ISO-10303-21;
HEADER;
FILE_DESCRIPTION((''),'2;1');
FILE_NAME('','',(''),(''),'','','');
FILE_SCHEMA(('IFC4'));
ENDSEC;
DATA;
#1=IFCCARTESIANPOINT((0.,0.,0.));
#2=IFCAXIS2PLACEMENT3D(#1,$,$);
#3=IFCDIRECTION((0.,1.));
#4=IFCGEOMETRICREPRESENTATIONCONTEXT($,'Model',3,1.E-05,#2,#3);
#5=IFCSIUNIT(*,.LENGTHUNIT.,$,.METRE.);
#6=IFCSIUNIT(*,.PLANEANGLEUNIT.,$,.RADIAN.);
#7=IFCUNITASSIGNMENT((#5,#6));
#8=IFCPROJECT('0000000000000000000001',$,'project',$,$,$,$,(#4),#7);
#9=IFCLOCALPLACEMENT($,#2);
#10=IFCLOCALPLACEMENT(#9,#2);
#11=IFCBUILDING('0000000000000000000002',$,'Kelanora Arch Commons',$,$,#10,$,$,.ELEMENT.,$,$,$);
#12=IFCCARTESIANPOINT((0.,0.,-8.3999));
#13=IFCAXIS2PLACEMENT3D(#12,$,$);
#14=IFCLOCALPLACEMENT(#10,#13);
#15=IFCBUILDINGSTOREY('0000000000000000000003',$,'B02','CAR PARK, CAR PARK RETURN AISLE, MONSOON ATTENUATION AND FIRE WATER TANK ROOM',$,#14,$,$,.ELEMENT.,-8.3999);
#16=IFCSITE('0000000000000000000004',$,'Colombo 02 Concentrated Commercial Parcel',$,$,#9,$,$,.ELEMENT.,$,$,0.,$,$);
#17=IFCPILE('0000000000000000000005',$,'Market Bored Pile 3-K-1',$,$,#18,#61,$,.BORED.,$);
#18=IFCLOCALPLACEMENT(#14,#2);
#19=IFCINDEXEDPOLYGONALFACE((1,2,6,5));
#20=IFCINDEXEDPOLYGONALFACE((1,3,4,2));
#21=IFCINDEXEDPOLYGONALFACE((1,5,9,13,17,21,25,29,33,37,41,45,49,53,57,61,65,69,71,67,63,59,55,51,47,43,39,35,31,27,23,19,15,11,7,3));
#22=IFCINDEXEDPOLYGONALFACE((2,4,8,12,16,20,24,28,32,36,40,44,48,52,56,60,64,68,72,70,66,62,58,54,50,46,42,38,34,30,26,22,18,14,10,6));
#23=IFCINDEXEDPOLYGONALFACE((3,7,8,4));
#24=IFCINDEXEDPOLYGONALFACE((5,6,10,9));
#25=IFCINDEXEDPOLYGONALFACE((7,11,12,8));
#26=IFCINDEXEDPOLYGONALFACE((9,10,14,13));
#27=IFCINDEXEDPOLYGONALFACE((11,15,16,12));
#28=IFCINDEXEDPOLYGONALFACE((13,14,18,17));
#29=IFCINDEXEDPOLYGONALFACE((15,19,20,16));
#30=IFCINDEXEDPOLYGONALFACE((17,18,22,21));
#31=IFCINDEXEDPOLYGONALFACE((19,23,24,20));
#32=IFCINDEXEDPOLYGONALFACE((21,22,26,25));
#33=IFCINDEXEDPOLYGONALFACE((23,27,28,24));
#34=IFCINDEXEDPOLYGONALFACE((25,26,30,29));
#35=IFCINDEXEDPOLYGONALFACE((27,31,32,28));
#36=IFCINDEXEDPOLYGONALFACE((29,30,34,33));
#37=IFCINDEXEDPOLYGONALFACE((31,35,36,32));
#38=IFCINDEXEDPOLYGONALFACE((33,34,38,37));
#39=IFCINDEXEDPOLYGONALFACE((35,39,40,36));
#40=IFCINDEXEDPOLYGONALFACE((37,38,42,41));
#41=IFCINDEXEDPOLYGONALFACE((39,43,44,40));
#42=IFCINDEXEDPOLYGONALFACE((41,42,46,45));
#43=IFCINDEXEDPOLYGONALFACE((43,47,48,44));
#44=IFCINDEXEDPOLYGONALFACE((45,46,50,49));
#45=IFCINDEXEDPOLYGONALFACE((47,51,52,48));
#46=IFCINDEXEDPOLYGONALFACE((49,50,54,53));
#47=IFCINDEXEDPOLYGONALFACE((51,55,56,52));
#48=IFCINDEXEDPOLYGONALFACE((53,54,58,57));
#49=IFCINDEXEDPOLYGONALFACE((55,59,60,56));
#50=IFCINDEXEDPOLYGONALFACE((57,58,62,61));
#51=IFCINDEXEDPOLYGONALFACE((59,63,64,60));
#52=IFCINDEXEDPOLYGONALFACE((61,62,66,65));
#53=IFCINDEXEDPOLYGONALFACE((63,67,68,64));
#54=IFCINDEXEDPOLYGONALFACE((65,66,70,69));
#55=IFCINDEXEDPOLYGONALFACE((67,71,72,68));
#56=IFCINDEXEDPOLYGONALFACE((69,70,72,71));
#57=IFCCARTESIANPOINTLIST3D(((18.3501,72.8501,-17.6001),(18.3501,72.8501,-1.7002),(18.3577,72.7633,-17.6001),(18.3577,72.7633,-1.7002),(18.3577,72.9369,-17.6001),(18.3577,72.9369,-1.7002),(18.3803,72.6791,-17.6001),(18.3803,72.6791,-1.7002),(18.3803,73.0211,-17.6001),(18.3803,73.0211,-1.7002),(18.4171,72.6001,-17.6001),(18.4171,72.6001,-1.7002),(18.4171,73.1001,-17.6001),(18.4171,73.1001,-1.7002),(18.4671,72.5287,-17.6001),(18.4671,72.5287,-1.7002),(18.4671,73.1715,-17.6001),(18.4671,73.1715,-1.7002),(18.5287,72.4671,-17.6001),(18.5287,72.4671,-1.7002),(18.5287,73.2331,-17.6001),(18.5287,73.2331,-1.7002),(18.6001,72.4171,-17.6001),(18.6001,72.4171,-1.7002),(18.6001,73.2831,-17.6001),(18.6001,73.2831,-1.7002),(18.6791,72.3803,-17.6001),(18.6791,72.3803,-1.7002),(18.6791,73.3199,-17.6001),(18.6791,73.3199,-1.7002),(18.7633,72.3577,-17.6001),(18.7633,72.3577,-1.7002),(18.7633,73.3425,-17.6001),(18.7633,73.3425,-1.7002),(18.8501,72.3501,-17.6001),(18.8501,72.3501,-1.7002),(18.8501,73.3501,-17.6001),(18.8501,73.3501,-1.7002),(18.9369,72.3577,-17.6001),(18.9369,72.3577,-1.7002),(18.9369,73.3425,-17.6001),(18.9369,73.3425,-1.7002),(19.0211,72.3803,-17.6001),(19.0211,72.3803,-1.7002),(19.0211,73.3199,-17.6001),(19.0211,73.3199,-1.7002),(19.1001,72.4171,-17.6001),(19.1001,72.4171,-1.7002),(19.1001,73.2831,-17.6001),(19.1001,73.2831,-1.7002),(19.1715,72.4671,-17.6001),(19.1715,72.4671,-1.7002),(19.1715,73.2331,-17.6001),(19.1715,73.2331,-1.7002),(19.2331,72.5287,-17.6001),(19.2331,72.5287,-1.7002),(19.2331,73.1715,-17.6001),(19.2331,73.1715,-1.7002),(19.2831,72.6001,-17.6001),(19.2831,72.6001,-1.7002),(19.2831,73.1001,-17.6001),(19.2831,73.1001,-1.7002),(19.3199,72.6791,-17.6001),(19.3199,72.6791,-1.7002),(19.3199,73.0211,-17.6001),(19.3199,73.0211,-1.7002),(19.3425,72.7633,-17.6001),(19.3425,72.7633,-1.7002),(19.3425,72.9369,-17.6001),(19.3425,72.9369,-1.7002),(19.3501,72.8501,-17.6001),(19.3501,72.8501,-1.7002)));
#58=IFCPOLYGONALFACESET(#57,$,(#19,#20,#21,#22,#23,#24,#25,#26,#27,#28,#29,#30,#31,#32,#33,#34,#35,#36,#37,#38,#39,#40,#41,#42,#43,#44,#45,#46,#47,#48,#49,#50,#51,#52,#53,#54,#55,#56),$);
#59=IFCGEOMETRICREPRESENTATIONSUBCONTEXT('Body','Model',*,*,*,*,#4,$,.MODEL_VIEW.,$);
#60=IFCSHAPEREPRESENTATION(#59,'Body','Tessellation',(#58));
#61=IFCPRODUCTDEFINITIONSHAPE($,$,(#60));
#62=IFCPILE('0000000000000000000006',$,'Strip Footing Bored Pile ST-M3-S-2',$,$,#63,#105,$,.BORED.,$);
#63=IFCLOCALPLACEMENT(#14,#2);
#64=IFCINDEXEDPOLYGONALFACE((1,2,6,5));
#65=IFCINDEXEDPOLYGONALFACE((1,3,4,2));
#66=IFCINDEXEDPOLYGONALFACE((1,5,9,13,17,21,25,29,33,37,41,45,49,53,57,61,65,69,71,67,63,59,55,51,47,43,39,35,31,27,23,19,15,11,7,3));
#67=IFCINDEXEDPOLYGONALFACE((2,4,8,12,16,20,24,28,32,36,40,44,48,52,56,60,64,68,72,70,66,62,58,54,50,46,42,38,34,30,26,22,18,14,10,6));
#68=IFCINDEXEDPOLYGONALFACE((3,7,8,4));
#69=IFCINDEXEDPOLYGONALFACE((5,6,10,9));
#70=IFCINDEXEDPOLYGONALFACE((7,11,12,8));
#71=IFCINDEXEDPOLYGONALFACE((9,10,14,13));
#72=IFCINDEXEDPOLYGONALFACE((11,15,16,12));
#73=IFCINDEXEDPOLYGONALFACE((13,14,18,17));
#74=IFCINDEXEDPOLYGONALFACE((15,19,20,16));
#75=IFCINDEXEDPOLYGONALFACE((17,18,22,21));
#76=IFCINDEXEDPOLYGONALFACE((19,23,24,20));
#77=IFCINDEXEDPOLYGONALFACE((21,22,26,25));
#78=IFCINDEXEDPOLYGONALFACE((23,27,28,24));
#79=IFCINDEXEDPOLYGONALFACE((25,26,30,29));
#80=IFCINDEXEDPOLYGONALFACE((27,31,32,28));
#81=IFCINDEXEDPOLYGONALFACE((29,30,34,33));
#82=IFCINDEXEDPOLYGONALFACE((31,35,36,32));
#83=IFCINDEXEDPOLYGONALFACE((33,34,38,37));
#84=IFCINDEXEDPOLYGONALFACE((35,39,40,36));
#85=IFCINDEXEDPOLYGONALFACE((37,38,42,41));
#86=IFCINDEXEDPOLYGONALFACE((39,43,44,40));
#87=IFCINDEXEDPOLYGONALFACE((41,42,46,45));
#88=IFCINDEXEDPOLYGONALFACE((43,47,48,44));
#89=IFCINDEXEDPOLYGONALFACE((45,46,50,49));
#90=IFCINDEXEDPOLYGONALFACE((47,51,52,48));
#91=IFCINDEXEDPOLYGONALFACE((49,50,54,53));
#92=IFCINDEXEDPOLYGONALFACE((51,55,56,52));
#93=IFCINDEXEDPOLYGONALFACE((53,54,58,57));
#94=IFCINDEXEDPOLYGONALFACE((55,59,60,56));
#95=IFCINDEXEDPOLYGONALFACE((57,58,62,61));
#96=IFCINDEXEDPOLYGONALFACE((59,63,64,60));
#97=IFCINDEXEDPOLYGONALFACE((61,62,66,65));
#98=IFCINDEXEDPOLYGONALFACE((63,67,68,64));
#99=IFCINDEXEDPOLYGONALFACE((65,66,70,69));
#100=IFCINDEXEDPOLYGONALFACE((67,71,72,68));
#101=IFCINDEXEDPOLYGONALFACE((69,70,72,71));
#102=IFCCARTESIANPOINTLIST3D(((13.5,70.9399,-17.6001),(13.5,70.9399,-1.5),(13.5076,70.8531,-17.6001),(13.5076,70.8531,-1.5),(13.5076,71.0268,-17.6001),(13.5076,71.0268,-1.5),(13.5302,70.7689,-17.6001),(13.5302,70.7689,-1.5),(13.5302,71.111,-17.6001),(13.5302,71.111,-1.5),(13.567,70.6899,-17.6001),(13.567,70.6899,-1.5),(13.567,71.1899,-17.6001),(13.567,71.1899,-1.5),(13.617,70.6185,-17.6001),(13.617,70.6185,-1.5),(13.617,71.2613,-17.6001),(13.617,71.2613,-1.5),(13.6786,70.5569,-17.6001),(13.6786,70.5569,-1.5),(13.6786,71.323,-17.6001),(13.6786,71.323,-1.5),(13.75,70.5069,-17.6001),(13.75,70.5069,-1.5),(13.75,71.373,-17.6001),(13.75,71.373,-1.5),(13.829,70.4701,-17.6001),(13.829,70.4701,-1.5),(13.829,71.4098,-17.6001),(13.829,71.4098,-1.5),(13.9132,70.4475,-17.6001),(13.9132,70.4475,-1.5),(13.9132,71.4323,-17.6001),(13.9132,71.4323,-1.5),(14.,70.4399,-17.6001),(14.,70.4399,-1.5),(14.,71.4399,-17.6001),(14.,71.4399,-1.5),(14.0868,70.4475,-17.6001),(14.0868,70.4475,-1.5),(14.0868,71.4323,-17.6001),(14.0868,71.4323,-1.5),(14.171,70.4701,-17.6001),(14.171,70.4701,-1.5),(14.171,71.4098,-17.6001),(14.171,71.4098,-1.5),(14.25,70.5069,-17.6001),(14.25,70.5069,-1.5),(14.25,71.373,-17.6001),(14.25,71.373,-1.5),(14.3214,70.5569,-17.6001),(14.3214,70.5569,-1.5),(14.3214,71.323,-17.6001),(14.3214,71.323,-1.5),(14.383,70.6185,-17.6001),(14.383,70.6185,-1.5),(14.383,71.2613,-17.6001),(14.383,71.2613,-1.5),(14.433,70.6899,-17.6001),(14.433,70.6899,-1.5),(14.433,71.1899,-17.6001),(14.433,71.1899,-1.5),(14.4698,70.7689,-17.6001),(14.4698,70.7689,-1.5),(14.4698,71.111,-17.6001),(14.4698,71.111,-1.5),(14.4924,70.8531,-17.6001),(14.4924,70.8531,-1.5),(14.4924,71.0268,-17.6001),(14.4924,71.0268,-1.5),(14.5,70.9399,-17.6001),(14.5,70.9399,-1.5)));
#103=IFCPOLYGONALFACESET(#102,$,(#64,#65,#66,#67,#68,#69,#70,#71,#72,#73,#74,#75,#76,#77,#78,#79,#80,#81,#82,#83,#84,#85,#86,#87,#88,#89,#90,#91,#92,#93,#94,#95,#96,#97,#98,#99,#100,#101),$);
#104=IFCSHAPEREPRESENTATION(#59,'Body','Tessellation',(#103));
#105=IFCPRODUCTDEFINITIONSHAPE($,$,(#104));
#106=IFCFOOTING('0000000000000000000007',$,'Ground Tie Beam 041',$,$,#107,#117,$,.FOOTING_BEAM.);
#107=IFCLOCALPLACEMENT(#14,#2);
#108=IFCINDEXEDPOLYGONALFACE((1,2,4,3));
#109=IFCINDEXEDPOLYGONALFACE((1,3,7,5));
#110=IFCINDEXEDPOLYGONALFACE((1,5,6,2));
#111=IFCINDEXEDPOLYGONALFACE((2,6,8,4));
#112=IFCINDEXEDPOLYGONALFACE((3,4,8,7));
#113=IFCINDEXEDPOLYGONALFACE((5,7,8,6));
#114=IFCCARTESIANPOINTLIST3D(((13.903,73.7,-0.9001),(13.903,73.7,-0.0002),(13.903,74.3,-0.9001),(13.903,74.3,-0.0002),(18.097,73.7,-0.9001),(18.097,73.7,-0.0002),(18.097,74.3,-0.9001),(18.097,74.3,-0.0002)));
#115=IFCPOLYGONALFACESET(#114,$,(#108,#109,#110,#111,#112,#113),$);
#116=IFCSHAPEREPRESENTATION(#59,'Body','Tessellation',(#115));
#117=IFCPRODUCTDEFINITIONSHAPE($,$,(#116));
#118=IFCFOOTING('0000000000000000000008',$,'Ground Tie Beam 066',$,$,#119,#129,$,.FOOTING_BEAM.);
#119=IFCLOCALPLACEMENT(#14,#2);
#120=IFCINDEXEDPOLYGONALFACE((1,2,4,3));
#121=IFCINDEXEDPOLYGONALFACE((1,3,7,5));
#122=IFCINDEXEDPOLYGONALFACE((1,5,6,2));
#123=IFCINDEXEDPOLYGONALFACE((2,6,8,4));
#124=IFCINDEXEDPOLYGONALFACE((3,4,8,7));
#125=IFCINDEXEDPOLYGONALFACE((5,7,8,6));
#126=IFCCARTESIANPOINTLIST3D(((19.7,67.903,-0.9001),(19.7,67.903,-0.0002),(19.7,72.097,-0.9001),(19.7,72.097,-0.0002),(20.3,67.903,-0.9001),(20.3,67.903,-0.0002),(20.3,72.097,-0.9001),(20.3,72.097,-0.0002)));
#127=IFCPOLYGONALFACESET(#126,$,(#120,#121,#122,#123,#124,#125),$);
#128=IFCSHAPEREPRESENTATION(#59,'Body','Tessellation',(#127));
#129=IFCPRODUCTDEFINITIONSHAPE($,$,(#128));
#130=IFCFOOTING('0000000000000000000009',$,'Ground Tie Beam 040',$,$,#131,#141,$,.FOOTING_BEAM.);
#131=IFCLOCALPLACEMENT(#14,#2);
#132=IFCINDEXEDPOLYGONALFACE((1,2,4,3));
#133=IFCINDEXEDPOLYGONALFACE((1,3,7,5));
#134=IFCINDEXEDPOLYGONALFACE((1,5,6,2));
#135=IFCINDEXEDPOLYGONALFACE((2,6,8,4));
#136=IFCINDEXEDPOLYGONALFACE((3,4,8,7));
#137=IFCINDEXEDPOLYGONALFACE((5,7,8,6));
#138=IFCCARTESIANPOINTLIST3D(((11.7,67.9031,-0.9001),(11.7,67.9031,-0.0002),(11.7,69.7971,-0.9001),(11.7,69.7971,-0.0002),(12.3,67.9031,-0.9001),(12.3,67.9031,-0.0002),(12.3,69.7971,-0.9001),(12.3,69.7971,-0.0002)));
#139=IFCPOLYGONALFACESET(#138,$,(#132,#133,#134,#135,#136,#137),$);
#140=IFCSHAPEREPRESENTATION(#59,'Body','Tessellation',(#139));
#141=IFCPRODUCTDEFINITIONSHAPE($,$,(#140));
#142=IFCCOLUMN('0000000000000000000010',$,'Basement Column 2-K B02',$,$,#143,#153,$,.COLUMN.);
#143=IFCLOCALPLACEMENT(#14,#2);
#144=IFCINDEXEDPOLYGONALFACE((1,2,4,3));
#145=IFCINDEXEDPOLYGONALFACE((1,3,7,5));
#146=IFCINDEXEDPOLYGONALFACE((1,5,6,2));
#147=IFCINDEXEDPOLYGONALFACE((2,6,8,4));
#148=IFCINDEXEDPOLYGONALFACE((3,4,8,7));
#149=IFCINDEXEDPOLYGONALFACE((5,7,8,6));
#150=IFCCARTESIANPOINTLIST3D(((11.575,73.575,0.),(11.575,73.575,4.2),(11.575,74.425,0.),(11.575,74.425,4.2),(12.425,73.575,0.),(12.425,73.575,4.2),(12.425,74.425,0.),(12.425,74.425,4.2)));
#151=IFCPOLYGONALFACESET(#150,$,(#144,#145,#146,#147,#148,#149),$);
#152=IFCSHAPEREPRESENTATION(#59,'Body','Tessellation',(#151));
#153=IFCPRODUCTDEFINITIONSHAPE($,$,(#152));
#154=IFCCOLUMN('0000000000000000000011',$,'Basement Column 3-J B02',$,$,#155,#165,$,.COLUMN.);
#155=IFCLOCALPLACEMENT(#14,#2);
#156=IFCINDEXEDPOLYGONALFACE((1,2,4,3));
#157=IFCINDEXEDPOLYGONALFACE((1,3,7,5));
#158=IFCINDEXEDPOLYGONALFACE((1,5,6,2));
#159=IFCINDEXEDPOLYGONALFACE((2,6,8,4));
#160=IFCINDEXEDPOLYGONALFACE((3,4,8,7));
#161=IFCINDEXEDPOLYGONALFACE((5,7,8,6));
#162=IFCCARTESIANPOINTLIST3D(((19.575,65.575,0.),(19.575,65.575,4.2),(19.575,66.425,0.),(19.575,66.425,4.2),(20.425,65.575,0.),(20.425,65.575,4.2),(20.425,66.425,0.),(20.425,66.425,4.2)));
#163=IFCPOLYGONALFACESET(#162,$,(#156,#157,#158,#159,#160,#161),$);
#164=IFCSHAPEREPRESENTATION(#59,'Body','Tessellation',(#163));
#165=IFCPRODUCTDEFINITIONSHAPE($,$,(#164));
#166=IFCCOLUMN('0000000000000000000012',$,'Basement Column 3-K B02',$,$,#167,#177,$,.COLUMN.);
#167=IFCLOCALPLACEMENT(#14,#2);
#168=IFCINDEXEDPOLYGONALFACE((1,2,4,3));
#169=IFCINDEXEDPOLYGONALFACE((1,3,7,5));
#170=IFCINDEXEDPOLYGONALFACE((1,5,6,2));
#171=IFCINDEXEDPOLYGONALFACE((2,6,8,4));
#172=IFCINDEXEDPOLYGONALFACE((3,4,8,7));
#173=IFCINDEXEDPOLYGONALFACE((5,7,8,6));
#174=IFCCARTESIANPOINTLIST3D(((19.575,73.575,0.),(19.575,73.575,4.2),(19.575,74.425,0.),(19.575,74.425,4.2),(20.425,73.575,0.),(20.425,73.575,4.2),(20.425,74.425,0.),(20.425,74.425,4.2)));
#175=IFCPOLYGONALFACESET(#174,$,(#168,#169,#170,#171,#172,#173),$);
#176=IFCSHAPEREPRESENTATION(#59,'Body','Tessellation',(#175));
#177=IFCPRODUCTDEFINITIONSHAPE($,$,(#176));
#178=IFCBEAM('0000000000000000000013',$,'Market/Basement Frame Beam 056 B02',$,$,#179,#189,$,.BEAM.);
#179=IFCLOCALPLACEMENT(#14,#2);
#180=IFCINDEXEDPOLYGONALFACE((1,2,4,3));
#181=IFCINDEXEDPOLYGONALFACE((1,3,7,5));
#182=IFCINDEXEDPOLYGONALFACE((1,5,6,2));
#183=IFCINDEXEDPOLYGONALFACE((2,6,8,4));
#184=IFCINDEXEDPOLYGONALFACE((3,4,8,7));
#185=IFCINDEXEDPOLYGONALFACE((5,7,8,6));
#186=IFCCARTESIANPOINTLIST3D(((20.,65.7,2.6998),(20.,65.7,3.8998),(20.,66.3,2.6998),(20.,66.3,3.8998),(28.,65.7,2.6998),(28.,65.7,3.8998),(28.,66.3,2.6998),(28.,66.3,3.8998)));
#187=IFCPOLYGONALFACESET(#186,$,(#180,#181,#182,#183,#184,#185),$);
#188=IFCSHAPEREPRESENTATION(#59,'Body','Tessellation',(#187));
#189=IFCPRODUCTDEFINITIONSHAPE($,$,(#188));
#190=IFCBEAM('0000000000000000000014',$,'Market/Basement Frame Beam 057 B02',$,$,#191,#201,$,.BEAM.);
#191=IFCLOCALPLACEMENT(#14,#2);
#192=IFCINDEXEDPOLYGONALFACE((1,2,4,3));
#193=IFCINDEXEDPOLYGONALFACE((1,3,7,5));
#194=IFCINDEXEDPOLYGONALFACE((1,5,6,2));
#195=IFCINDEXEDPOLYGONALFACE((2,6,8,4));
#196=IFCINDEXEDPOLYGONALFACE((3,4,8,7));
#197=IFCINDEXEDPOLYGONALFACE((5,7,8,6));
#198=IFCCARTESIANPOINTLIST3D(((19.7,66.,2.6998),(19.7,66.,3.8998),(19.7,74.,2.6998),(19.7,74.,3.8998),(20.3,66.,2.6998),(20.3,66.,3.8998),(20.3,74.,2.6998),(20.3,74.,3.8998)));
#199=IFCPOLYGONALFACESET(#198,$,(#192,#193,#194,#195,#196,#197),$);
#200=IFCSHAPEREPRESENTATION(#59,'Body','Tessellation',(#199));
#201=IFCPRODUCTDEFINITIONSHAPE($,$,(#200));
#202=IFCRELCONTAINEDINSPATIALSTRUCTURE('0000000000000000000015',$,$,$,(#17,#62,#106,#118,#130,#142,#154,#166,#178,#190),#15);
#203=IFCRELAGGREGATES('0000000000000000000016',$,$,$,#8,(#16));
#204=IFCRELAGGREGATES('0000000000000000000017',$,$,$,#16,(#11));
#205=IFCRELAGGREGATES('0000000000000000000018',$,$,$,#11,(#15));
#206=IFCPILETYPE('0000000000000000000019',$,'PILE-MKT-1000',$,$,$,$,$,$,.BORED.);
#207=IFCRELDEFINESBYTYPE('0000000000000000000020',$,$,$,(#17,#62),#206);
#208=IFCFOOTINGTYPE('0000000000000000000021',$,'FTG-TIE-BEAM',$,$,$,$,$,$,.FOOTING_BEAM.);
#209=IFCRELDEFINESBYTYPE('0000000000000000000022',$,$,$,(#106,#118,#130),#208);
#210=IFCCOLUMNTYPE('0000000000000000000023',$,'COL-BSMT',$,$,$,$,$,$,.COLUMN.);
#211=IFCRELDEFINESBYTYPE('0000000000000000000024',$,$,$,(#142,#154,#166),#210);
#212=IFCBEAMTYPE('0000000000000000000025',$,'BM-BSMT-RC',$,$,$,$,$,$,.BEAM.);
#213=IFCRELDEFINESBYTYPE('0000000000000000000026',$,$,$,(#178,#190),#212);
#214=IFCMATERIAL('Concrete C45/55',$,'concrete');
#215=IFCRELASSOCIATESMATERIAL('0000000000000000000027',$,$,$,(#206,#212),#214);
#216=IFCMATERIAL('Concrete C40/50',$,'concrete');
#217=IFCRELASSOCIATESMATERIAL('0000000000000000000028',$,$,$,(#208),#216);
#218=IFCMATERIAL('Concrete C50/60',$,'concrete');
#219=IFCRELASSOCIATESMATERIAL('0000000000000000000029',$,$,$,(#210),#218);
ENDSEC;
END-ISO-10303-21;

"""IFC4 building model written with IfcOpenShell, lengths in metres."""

from ifc_helpers import new_model, si_unit, direction, frame, origin, origin_2d, place, context, subcontext, project, spatial, rectangle, circle, extrude, source, transform, mapped, material, material_profile, profile_set, type_object, element, save


model = new_model("IFC4")

# Units and contexts
model_context = context("Model", 3, precision=1e-05, world=origin(), true_north=direction((0.0, 1.0)))
body_context = subcontext(model_context, "Body", "Model", "MODEL_VIEW")
ifc_project = project(units=[si_unit("LENGTHUNIT", "METRE"), si_unit("PLANEANGLEUNIT", "RADIAN")], contexts=[model_context])

# Site, building, storey
site_placement = place(None, origin())
site = spatial("IfcSite", under=ifc_project, at=site_placement, Name="Colombo 02 Concentrated Commercial Parcel", CompositionType="ELEMENT", RefElevation=0.0)
building_placement = place(site_placement, origin())
building = spatial("IfcBuilding", under=site, at=building_placement, Name="Kelanora Arch Commons", CompositionType="ELEMENT")
storey_placement = place(building_placement, frame((0.0, 0.0, -8.3999)))
storey = spatial("IfcBuildingStorey", under=building, at=storey_placement, Name="B02", Description="CAR PARK, CAR PARK RETURN AISLE, MONSOON ATTENUATION AND FIRE WATER TANK ROOM", CompositionType="ELEMENT", Elevation=-8.3999)

# Shared definitions
ifc_material_1 = material(Name="Concrete C40/50", Category="concrete")

# Piles
ifc_material_2 = material(Name="Concrete C45/55", Category="concrete")
ifc_material_profile_1 = material_profile(ifc_material_2, circle(Radius=0.5, at=origin_2d()), Name="PILE1000")
ifc_profile_set_1 = profile_set([ifc_material_profile_1], Name="Concrete C45/55")
pile_type = type_object("IfcPileType", Name="PILE-MKT-1000", PredefinedType="BORED", material=ifc_profile_set_1)
shared_shape_1 = source(origin(), body_context, "Body", "SweptSolid", [
    extrude(circle(Radius=0.5, at=origin_2d()), origin(), (0.0, 0.0, 1.0), 15.8999),
])
for number, where, z_axis, x_axis, name in (
    (1, (18.8501, 72.8501, -1.7002), (0.0, 0.0, -1.0), (1.0, 0.0, 0.0), "Market Bored Pile 3-K-1"),
):
    element("IfcPile", number, at=place(storey_placement, frame(where, z_axis=z_axis, x_axis=x_axis)), inside=storey, type_object=pile_type, Name=name, PredefinedType="BORED", context=body_context, shape_type="MappedRepresentation", body=[
        mapped(shared_shape_1, transform((0.0, 0.0, 0.0), scale=1.0)),
    ])
shared_shape_2 = source(origin(), body_context, "Body", "SweptSolid", [
    extrude(circle(Radius=0.5, at=origin_2d()), origin(), (0.0, 0.0, 1.0), 16.1001),
])
pile_placement = place(storey_placement, frame((14.0, 70.9399, -1.5), z_axis=(0.0, 0.0, -1.0), x_axis=(1.0, 0.0, 0.0)))
element("IfcPile", 2, at=pile_placement, inside=storey, type_object=pile_type, Name="Strip Footing Bored Pile ST-M3-S-2", PredefinedType="BORED", context=body_context, shape_type="MappedRepresentation", body=[
    mapped(shared_shape_2, transform((0.0, 0.0, 0.0), scale=1.0)),
])

# Footings
footing_type_1 = type_object("IfcFootingType", Name="FTG-TIE-BEAM", PredefinedType="FOOTING_BEAM", material=ifc_material_1)
shared_shape_3 = source(origin(), body_context, "Body", "SweptSolid", [
    extrude(rectangle(XDim=4.1941, YDim=0.6001, at=origin_2d()), origin(), (0.0, 0.0, 1.0), 0.8999),
])
for number, where, z_axis, x_axis, name in (
    (3, (16.0, 74.0, -0.9001), (0.0, 0.0, 1.0), (1.0, 0.0, 0.0), "Ground Tie Beam 041"),
    (4, (20.0, 70.0, -0.9001), (0.0, 0.0, 1.0), (0.0, 1.0, 0.0), "Ground Tie Beam 066"),
):
    element("IfcFooting", number, at=place(storey_placement, frame(where, z_axis=z_axis, x_axis=x_axis)), inside=storey, type_object=footing_type_1, Name=name, PredefinedType="FOOTING_BEAM", context=body_context, shape_type="MappedRepresentation", body=[
        mapped(shared_shape_3, transform((0.0, 0.0, 0.0), scale=1.0)),
    ])
shared_shape_4 = source(origin(), body_context, "Body", "SweptSolid", [
    extrude(rectangle(XDim=1.894, YDim=0.6001, at=origin_2d()), origin(), (0.0, 0.0, 1.0), 0.8999),
])
footing_placement = place(storey_placement, frame((12.0, 68.8501, -0.9001), z_axis=(0.0, 0.0, 1.0), x_axis=(0.0, 1.0, 0.0)))
element("IfcFooting", 5, at=footing_placement, inside=storey, type_object=footing_type_1, Name="Ground Tie Beam 040", PredefinedType="FOOTING_BEAM", context=body_context, shape_type="MappedRepresentation", body=[
    mapped(shared_shape_4, transform((0.0, 0.0, 0.0), scale=1.0)),
])

# Columns
ifc_material_3 = material(Name="Concrete C50/60", Category="concrete")
ifc_material_profile_2 = material_profile(ifc_material_3, rectangle(XDim=0.8501, YDim=0.8501, at=origin_2d()), Name="RC850x850")
ifc_profile_set_2 = profile_set([ifc_material_profile_2], Name="Concrete C50/60")
column_type = type_object("IfcColumnType", Name="COL-BSMT", PredefinedType="COLUMN", material=ifc_profile_set_2)
for number, where, z_axis, x_axis, name in (
    (6, (12.0, 74.0, 0.0), (0.0, 0.0, 1.0), (1.0, 0.0, 0.0), "Basement Column 2-K B02"),
    (7, (20.0, 66.0, 0.0), (0.0, 0.0, 1.0), (1.0, 0.0, 0.0), "Basement Column 3-J B02"),
    (8, (20.0, 74.0, 0.0), (0.0, 0.0, 1.0), (1.0, 0.0, 0.0), "Basement Column 3-K B02"),
):
    element("IfcColumn", number, at=place(storey_placement, frame(where, z_axis=z_axis, x_axis=x_axis)), inside=storey, type_object=column_type, Name=name, PredefinedType="COLUMN", context=body_context, shape_type="SweptSolid", body=[
        extrude(rectangle(XDim=0.8501, YDim=0.8501, at=origin_2d()), origin(), (0.0, 0.0, 1.0), 4.2),
    ])

# Beams
ifc_material_profile_3 = material_profile(ifc_material_2, rectangle(XDim=0.6001, YDim=1.2, at=origin_2d()), Name="RCB600x1200")
ifc_profile_set_3 = profile_set([ifc_material_profile_3], Name="Concrete C45/55")
beam_type = type_object("IfcBeamType", Name="BM-BSMT-RC", PredefinedType="BEAM", material=ifc_profile_set_3)
for number, where, z_axis, x_axis, name in (
    (9, (20.0, 66.0, 3.2998), (1.0, 0.0, 0.0), (0.0, 1.0, 0.0), "Market/Basement Frame Beam 056 B02"),
    (10, (20.0, 66.0, 3.2998), (0.0, 1.0, 0.0), (-1.0, 0.0, 0.0), "Market/Basement Frame Beam 057 B02"),
):
    element("IfcBeam", number, at=place(storey_placement, frame(where, z_axis=z_axis, x_axis=x_axis)), inside=storey, type_object=beam_type, Name=name, PredefinedType="BEAM", context=body_context, shape_type="SweptSolid", body=[
        extrude(rectangle(XDim=0.6001, YDim=1.2, at=origin_2d()), origin(), (0.0, 0.0, 1.0), 8.0),
    ])

save(model, "model.ifc")
